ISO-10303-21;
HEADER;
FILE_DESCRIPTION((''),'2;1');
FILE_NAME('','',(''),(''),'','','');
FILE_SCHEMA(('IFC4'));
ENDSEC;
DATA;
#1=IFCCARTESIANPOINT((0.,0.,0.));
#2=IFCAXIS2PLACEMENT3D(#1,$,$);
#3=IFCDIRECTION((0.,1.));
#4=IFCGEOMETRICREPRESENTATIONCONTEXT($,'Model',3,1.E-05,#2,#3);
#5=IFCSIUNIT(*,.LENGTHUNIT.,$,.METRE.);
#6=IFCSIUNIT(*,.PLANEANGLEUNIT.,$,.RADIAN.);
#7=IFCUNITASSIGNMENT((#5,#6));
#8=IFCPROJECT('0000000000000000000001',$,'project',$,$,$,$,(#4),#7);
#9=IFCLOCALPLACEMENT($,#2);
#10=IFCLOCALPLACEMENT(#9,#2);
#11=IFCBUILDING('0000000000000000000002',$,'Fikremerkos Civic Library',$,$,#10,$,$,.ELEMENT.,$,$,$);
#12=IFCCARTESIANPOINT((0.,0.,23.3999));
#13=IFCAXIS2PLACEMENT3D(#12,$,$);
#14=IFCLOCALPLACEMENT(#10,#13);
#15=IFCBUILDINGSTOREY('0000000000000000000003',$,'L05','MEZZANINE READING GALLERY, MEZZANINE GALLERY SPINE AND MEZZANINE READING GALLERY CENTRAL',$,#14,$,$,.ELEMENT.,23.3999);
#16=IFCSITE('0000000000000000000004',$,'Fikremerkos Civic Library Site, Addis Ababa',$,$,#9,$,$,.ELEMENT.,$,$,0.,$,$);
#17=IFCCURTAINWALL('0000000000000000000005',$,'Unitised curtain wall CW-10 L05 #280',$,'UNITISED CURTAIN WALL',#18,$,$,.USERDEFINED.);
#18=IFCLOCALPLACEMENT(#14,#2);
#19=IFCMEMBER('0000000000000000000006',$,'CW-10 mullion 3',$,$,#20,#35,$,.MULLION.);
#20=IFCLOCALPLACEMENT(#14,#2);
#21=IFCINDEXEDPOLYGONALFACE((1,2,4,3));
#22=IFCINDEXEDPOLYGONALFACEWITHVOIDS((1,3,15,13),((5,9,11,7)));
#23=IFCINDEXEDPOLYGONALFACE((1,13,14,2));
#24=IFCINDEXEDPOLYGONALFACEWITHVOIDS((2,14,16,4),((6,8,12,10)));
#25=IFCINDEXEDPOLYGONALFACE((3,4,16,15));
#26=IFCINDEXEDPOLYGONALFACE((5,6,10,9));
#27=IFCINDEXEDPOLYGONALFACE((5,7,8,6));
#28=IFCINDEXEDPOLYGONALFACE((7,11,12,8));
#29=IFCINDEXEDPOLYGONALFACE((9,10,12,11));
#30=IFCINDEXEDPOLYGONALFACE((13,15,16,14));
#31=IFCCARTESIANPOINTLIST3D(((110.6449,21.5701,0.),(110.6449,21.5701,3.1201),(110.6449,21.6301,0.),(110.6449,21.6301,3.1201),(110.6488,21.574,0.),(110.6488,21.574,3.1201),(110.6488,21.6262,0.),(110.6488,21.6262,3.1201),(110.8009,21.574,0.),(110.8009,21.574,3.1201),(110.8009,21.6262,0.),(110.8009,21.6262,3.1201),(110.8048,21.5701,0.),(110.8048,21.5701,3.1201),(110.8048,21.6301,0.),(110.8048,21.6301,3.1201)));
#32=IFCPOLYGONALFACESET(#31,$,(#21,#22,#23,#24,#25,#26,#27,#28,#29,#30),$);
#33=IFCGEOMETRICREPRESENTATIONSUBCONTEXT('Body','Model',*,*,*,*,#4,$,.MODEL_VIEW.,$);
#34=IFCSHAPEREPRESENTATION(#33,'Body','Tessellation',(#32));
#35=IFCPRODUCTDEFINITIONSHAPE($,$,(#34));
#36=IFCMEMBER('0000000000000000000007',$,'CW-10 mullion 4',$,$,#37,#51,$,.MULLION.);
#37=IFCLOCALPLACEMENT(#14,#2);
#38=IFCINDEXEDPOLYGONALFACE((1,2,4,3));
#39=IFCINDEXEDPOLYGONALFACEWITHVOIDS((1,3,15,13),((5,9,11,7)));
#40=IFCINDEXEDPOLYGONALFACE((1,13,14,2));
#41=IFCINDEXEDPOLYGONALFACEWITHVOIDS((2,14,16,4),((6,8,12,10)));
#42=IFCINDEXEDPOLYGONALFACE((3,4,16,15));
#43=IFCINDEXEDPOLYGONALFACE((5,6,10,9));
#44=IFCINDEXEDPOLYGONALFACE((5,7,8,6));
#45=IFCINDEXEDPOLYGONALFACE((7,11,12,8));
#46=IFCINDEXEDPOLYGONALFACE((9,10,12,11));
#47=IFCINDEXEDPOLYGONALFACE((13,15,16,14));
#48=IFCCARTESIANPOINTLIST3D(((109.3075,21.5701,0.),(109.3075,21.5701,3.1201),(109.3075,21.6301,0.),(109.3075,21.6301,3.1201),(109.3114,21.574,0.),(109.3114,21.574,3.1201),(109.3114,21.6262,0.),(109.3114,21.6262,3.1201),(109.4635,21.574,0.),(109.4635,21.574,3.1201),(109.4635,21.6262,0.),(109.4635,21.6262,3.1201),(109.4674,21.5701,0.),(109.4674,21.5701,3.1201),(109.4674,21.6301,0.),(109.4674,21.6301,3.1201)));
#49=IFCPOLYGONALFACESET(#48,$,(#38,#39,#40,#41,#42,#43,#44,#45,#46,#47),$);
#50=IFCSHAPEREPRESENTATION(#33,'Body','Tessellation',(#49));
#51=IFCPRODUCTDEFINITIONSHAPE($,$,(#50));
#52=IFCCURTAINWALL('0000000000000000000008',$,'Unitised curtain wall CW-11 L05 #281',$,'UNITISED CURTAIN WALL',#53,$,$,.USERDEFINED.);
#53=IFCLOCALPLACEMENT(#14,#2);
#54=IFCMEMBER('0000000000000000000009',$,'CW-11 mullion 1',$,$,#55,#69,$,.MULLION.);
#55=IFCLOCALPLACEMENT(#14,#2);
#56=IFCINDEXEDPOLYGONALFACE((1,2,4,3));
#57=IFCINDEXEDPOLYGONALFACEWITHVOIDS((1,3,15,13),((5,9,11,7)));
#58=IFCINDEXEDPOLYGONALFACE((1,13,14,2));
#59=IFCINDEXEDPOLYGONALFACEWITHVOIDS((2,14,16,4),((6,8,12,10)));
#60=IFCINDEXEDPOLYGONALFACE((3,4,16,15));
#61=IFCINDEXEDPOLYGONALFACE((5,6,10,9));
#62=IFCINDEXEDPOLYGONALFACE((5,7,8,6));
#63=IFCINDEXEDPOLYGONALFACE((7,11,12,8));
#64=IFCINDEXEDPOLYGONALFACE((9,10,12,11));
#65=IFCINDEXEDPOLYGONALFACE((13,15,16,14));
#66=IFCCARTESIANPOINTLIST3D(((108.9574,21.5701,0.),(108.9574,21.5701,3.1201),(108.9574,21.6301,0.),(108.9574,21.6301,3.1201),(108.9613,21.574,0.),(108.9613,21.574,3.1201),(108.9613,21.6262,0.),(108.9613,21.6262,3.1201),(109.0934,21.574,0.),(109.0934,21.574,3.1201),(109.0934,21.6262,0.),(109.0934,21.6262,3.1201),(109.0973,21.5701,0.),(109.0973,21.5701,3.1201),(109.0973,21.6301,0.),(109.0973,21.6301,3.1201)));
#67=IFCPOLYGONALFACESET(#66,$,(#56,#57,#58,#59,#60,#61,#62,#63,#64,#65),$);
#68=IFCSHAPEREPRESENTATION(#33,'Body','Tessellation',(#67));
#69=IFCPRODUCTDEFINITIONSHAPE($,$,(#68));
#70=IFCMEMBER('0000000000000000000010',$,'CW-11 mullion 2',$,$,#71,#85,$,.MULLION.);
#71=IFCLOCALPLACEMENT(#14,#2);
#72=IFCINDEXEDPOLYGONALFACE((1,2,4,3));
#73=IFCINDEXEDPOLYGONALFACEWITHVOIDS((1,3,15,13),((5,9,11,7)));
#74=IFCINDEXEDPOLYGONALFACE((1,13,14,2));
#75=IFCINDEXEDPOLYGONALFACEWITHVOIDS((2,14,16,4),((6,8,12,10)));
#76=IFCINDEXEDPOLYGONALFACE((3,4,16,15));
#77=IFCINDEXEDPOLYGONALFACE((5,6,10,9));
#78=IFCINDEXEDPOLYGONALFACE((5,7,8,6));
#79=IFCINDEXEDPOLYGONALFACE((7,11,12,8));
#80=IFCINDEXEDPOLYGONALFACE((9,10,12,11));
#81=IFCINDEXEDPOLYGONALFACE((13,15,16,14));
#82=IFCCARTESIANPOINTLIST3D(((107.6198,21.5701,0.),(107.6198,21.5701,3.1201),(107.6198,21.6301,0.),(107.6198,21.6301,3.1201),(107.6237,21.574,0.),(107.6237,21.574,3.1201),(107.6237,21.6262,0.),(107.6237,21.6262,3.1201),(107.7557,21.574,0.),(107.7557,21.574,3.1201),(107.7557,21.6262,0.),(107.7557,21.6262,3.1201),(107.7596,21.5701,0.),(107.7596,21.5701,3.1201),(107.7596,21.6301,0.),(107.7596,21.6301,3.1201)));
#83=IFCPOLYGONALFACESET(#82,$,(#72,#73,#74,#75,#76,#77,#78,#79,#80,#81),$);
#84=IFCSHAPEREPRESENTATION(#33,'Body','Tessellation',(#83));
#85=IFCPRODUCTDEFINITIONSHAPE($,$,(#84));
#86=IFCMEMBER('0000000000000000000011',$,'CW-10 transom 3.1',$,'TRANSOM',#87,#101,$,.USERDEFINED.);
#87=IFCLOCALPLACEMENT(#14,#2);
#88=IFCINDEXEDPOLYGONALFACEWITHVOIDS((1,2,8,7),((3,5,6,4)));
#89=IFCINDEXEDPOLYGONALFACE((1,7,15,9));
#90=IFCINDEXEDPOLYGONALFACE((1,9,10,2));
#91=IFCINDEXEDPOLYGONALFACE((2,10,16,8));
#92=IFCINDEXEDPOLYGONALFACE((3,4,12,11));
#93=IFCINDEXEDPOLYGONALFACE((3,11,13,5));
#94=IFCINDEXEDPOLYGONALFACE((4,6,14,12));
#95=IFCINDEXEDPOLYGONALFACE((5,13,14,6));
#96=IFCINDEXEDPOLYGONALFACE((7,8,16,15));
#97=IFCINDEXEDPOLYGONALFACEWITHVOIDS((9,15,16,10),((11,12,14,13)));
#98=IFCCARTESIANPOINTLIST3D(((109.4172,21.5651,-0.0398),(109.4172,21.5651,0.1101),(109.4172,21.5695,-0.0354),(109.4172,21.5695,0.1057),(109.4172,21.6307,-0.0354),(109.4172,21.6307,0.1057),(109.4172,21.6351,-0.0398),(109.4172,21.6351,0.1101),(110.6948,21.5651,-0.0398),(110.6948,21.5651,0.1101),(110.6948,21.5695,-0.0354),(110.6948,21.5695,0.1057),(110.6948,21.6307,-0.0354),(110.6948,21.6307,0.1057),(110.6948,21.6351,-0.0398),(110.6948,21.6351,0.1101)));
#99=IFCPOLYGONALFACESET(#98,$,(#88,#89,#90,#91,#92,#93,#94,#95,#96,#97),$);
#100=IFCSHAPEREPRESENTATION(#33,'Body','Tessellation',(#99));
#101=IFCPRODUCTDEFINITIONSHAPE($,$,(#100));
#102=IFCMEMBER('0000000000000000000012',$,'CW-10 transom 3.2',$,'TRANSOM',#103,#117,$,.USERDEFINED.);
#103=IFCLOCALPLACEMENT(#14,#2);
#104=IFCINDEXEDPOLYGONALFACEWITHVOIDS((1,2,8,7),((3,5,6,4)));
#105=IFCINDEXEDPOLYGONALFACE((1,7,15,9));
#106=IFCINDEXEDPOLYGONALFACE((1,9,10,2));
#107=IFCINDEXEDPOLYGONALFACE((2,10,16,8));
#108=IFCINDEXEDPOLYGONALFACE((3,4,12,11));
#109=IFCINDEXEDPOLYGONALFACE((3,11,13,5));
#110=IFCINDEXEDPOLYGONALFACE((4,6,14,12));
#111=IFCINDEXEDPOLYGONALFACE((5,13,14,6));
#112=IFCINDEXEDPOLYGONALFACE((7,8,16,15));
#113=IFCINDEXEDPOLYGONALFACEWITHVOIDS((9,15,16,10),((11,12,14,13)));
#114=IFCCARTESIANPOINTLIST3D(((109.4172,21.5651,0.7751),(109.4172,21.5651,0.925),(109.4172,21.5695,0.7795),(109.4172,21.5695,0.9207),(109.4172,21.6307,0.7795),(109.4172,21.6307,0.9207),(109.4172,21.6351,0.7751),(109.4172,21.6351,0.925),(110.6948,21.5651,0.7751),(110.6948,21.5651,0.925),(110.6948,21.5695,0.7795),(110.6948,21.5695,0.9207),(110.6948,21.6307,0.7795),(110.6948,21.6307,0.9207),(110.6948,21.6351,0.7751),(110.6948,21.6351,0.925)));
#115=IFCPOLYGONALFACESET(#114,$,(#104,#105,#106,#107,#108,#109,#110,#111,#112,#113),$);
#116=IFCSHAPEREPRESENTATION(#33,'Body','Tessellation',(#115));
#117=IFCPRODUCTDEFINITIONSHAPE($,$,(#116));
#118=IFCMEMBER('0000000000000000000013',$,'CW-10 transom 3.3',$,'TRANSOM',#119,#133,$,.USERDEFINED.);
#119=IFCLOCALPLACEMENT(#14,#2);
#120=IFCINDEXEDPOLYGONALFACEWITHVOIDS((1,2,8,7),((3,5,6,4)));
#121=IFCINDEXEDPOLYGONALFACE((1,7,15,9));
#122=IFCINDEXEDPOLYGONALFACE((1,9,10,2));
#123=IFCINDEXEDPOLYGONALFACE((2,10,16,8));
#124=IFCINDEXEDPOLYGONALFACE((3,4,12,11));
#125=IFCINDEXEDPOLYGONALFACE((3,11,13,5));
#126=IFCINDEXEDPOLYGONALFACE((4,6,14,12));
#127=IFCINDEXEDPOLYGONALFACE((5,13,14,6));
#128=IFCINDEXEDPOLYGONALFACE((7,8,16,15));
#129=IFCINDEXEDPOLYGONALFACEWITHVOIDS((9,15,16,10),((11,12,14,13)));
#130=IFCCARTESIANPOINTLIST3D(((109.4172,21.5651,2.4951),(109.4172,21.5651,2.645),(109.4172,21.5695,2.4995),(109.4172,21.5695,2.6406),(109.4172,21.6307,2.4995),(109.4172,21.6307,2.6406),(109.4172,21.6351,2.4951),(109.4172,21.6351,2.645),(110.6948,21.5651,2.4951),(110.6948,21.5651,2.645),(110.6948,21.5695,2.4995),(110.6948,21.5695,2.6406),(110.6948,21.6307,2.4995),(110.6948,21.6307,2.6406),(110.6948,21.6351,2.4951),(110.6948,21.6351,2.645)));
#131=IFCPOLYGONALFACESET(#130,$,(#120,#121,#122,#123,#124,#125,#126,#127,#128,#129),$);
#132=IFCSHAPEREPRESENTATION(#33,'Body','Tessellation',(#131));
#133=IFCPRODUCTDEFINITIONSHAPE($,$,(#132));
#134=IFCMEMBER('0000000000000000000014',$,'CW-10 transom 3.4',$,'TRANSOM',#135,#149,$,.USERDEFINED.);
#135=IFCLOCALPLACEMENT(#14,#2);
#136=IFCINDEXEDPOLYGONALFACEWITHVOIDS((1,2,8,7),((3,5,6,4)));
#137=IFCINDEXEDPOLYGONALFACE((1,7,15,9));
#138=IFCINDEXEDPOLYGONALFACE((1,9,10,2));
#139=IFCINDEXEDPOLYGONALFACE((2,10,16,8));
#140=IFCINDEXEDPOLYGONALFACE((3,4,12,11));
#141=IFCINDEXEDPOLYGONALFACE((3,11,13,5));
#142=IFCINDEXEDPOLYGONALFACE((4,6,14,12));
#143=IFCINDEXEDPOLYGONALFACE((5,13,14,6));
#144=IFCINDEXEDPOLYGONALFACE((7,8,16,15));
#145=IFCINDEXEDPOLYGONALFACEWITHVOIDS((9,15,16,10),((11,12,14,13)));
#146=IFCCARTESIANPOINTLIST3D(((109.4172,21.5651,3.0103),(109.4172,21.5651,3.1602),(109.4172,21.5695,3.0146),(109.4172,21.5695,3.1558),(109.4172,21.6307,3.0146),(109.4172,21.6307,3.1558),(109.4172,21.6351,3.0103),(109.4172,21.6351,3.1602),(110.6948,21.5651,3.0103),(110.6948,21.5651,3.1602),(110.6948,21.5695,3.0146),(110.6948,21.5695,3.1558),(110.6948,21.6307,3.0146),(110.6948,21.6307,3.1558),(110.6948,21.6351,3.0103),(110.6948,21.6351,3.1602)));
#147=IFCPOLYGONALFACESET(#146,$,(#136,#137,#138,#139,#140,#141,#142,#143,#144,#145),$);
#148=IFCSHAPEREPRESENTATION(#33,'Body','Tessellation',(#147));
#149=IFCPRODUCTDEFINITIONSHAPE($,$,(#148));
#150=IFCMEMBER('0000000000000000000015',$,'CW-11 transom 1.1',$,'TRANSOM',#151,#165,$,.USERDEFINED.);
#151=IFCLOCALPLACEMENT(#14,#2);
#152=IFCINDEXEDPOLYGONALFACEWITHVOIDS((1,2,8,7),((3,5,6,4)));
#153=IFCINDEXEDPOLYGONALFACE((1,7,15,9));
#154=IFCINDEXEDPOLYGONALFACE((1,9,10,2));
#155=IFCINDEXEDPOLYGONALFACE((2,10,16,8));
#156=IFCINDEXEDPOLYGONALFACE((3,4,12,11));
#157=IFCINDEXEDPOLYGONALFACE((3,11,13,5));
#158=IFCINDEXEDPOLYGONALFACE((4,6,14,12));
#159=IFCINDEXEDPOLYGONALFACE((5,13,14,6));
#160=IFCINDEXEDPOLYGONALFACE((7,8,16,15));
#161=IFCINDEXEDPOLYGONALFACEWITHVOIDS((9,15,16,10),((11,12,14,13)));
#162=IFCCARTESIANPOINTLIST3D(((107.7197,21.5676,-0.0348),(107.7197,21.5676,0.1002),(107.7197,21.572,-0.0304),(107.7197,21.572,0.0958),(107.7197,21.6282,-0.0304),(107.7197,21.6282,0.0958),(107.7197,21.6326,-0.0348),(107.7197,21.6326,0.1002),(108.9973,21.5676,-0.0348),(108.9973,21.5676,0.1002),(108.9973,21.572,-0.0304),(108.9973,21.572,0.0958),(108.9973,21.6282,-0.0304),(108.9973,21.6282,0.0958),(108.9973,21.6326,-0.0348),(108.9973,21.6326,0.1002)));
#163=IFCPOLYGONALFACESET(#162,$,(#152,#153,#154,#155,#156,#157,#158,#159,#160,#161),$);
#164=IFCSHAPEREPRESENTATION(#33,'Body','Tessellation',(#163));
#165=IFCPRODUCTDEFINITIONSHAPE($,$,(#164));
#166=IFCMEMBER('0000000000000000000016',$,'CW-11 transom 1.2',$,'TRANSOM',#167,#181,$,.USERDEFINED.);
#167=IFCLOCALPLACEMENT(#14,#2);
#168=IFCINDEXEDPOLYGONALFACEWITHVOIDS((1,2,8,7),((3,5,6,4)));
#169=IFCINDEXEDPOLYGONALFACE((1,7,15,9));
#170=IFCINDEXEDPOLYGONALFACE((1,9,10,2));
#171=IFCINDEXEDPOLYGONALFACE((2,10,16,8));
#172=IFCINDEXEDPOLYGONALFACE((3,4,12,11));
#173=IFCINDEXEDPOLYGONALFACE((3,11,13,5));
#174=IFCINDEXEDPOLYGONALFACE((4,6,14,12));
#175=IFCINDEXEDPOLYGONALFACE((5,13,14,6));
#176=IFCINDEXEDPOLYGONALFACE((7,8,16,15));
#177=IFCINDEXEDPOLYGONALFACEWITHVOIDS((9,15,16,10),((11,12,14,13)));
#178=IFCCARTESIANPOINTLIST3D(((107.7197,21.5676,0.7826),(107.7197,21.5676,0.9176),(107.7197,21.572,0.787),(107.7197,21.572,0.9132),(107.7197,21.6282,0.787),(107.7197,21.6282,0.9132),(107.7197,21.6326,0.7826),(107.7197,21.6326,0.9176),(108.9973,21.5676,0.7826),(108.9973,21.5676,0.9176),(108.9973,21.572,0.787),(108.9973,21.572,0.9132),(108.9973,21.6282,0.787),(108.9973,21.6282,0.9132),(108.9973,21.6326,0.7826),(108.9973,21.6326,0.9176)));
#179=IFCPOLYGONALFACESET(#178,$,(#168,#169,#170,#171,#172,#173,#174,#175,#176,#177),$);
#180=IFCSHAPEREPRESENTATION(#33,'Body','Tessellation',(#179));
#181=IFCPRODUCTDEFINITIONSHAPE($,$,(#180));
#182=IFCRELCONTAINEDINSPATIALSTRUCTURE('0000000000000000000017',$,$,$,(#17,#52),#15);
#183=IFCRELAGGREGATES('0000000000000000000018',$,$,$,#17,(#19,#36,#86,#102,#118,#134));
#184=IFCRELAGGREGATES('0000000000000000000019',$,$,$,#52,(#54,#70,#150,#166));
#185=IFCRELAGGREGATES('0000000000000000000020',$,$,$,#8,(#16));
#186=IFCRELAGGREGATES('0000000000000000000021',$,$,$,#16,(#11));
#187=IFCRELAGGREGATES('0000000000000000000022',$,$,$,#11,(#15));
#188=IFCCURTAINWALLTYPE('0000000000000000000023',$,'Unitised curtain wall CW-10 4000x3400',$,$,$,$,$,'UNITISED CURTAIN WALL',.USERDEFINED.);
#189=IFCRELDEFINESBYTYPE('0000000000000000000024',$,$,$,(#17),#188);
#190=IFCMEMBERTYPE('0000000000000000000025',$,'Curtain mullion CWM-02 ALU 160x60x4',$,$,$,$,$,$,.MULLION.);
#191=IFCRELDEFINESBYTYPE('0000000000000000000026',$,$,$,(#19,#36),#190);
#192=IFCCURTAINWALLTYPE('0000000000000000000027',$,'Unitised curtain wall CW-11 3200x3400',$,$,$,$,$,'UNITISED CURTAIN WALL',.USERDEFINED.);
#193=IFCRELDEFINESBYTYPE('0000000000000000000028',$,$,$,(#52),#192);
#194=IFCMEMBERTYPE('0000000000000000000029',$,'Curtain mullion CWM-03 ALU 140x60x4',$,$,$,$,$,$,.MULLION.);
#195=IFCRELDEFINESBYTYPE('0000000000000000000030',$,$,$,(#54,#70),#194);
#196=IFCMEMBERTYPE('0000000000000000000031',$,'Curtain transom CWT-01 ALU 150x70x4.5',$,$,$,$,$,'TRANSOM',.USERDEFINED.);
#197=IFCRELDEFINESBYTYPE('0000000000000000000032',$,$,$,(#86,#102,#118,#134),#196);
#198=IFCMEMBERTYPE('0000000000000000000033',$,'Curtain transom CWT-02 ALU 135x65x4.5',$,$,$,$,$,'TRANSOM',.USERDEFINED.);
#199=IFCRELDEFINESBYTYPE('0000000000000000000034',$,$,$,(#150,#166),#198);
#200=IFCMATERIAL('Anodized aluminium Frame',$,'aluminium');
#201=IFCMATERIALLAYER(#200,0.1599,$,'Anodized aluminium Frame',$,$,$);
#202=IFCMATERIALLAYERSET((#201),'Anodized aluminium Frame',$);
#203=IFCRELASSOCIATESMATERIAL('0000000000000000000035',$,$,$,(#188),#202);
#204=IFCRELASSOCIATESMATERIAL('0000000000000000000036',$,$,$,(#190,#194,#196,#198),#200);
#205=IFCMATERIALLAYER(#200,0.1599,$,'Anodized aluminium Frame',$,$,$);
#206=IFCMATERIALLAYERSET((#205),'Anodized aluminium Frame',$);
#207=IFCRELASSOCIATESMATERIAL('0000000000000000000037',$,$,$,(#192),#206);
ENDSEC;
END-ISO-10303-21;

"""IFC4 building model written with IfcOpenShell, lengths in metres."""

from ifc_helpers import new_model, si_unit, direction, frame, origin, origin_2d, place, context, subcontext, project, spatial, hollow_rectangle, extrude, material, layer, layer_set, material_profile, profile_set, type_object, element, aggregate, save


model = new_model("IFC4")

# Units and contexts
model_context = context("Model", 3, precision=1e-05, world=origin(), true_north=direction((0.0, 1.0)))
body_context = subcontext(model_context, "Body", "Model", "MODEL_VIEW")
ifc_project = project(units=[si_unit("LENGTHUNIT", "METRE"), si_unit("PLANEANGLEUNIT", "RADIAN")], contexts=[model_context])

# Site, building, storey
site_placement = place(None, origin())
site = spatial("IfcSite", under=ifc_project, at=site_placement, Name="Fikremerkos Civic Library Site, Addis Ababa", CompositionType="ELEMENT", RefElevation=0.0)
building_placement = place(site_placement, origin())
building = spatial("IfcBuilding", under=site, at=building_placement, Name="Fikremerkos Civic Library", CompositionType="ELEMENT")
storey_placement = place(building_placement, frame((0.0, 0.0, 23.3999)))
storey = spatial("IfcBuildingStorey", under=building, at=storey_placement, Name="L05", Description="MEZZANINE READING GALLERY, MEZZANINE GALLERY SPINE AND MEZZANINE READING GALLERY CENTRAL", CompositionType="ELEMENT", Elevation=23.3999)

# Curtain walls, members
ifc_material_1 = material(Name="Anodized aluminium Frame", Category="aluminium")
ifc_layer_1 = layer(ifc_material_1, 0.1599, Name="Anodized aluminium Frame")
ifc_layer_set_1 = layer_set([ifc_layer_1], Name="Anodized aluminium Frame")
curtain_wall_type_1 = type_object("IfcCurtainWallType", Name="Unitised curtain wall CW-10 4000x3400", ElementType="UNITISED CURTAIN WALL", PredefinedType="USERDEFINED", material=ifc_layer_set_1)
curtain_wall_1_placement = place(storey_placement, origin())
curtain_wall_1 = element("IfcCurtainWall", 1, at=curtain_wall_1_placement, inside=storey, type_object=curtain_wall_type_1, Name="Unitised curtain wall CW-10 L05 #280", ObjectType="UNITISED CURTAIN WALL", PredefinedType="USERDEFINED")
ifc_material_profile_1 = material_profile(ifc_material_1, hollow_rectangle(XDim=0.0601, YDim=0.1599, WallThickness=0.0039, at=origin_2d()), Name="ALU 160x60x4")
ifc_profile_set_1 = profile_set([ifc_material_profile_1], Name="Anodized aluminium Frame")
member_type_1 = type_object("IfcMemberType", Name="Curtain mullion CWM-02 ALU 160x60x4", PredefinedType="MULLION", material=ifc_profile_set_1)
member_1_placement = place(storey_placement, frame((110.7249, 21.6001, 0.0), z_axis=(0.0, 0.0, 1.0), x_axis=(0.0, -1.0, 0.0)))
member_1 = element("IfcMember", 2, at=member_1_placement, type_object=member_type_1, Name="CW-10 mullion 3", PredefinedType="MULLION", context=body_context, shape_type="SweptSolid", body=[
    extrude(hollow_rectangle(XDim=0.0601, YDim=0.1599, WallThickness=0.0039, at=origin_2d()), origin(), (0.0, 0.0, 1.0), 3.1201),
])
member_2_placement = place(storey_placement, frame((109.3875, 21.6001, 0.0), z_axis=(0.0, 0.0, 1.0), x_axis=(0.0, -1.0, 0.0)))
member_2 = element("IfcMember", 3, at=member_2_placement, type_object=member_type_1, Name="CW-10 mullion 4", PredefinedType="MULLION", context=body_context, shape_type="SweptSolid", body=[
    extrude(hollow_rectangle(XDim=0.0601, YDim=0.1599, WallThickness=0.0039, at=origin_2d()), origin(), (0.0, 0.0, 1.0), 3.1201),
])
ifc_layer_2 = layer(ifc_material_1, 0.1599, Name="Anodized aluminium Frame")
ifc_layer_set_2 = layer_set([ifc_layer_2], Name="Anodized aluminium Frame")
curtain_wall_type_2 = type_object("IfcCurtainWallType", Name="Unitised curtain wall CW-11 3200x3400", ElementType="UNITISED CURTAIN WALL", PredefinedType="USERDEFINED", material=ifc_layer_set_2)
curtain_wall_2_placement = place(storey_placement, origin())
curtain_wall_2 = element("IfcCurtainWall", 4, at=curtain_wall_2_placement, inside=storey, type_object=curtain_wall_type_2, Name="Unitised curtain wall CW-11 L05 #281", ObjectType="UNITISED CURTAIN WALL", PredefinedType="USERDEFINED")
ifc_material_profile_2 = material_profile(ifc_material_1, hollow_rectangle(XDim=0.0601, YDim=0.1399, WallThickness=0.0039, at=origin_2d()), Name="ALU 140x60x4")
ifc_profile_set_2 = profile_set([ifc_material_profile_2], Name="Anodized aluminium Frame")
member_type_2 = type_object("IfcMemberType", Name="Curtain mullion CWM-03 ALU 140x60x4", PredefinedType="MULLION", material=ifc_profile_set_2)
member_3_placement = place(storey_placement, frame((109.0273, 21.6001, 0.0), z_axis=(0.0, 0.0, 1.0), x_axis=(0.0, -1.0, 0.0)))
member_3 = element("IfcMember", 5, at=member_3_placement, type_object=member_type_2, Name="CW-11 mullion 1", PredefinedType="MULLION", context=body_context, shape_type="SweptSolid", body=[
    extrude(hollow_rectangle(XDim=0.0601, YDim=0.1399, WallThickness=0.0039, at=origin_2d()), origin(), (0.0, 0.0, 1.0), 3.1201),
])
member_4_placement = place(storey_placement, frame((107.6897, 21.6001, 0.0), z_axis=(0.0, 0.0, 1.0), x_axis=(0.0, -1.0, 0.0)))
member_4 = element("IfcMember", 6, at=member_4_placement, type_object=member_type_2, Name="CW-11 mullion 2", PredefinedType="MULLION", context=body_context, shape_type="SweptSolid", body=[
    extrude(hollow_rectangle(XDim=0.0601, YDim=0.1399, WallThickness=0.0039, at=origin_2d()), origin(), (0.0, 0.0, 1.0), 3.1201),
])

# Members
ifc_material_profile_3 = material_profile(ifc_material_1, hollow_rectangle(XDim=0.0701, YDim=0.1499, WallThickness=0.0044, at=origin_2d()), Name="ALU 150x70x4.5")
ifc_profile_set_3 = profile_set([ifc_material_profile_3], Name="Anodized aluminium Frame")
member_type_3 = type_object("IfcMemberType", Name="Curtain transom CWT-01 ALU 150x70x4.5", ElementType="TRANSOM", PredefinedType="USERDEFINED", material=ifc_profile_set_3)
member_5_placement = place(storey_placement, frame((110.6948, 21.6001, 0.0352), z_axis=(-1.0, 0.0, 0.0), x_axis=(0.0, -1.0, 0.0)))
member_5 = element("IfcMember", 7, at=member_5_placement, type_object=member_type_3, Name="CW-10 transom 3.1", ObjectType="TRANSOM", PredefinedType="USERDEFINED", context=body_context, shape_type="SweptSolid", body=[
    extrude(hollow_rectangle(XDim=0.0701, YDim=0.1499, WallThickness=0.0044, at=origin_2d()), origin(), (0.0, 0.0, 1.0), 1.2776),
])
member_6_placement = place(storey_placement, frame((110.6948, 21.6001, 0.8501), z_axis=(-1.0, 0.0, 0.0), x_axis=(0.0, -1.0, 0.0)))
member_6 = element("IfcMember", 8, at=member_6_placement, type_object=member_type_3, Name="CW-10 transom 3.2", ObjectType="TRANSOM", PredefinedType="USERDEFINED", context=body_context, shape_type="SweptSolid", body=[
    extrude(hollow_rectangle(XDim=0.0701, YDim=0.1499, WallThickness=0.0044, at=origin_2d()), origin(), (0.0, 0.0, 1.0), 1.2776),
])
member_7_placement = place(storey_placement, frame((110.6948, 21.6001, 2.5701), z_axis=(-1.0, 0.0, 0.0), x_axis=(0.0, -1.0, 0.0)))
member_7 = element("IfcMember", 9, at=member_7_placement, type_object=member_type_3, Name="CW-10 transom 3.3", ObjectType="TRANSOM", PredefinedType="USERDEFINED", context=body_context, shape_type="SweptSolid", body=[
    extrude(hollow_rectangle(XDim=0.0701, YDim=0.1499, WallThickness=0.0044, at=origin_2d()), origin(), (0.0, 0.0, 1.0), 1.2776),
])
member_8_placement = place(storey_placement, frame((110.6948, 21.6001, 3.0852), z_axis=(-1.0, 0.0, 0.0), x_axis=(0.0, -1.0, 0.0)))
member_8 = element("IfcMember", 10, at=member_8_placement, type_object=member_type_3, Name="CW-10 transom 3.4", ObjectType="TRANSOM", PredefinedType="USERDEFINED", context=body_context, shape_type="SweptSolid", body=[
    extrude(hollow_rectangle(XDim=0.0701, YDim=0.1499, WallThickness=0.0044, at=origin_2d()), origin(), (0.0, 0.0, 1.0), 1.2776),
])
ifc_material_profile_4 = material_profile(ifc_material_1, hollow_rectangle(XDim=0.0649, YDim=0.135, WallThickness=0.0044, at=origin_2d()), Name="ALU 135x65x4.5")
ifc_profile_set_4 = profile_set([ifc_material_profile_4], Name="Anodized aluminium Frame")
member_type_4 = type_object("IfcMemberType", Name="Curtain transom CWT-02 ALU 135x65x4.5", ElementType="TRANSOM", PredefinedType="USERDEFINED", material=ifc_profile_set_4)
member_9_placement = place(storey_placement, frame((108.9973, 21.6001, 0.0327), z_axis=(-1.0, 0.0, 0.0), x_axis=(0.0, -1.0, 0.0)))
member_9 = element("IfcMember", 11, at=member_9_placement, type_object=member_type_4, Name="CW-11 transom 1.1", ObjectType="TRANSOM", PredefinedType="USERDEFINED", context=body_context, shape_type="SweptSolid", body=[
    extrude(hollow_rectangle(XDim=0.0649, YDim=0.135, WallThickness=0.0044, at=origin_2d()), origin(), (0.0, 0.0, 1.0), 1.2776),
])
member_10_placement = place(storey_placement, frame((108.9973, 21.6001, 0.8501), z_axis=(-1.0, 0.0, 0.0), x_axis=(0.0, -1.0, 0.0)))
member_10 = element("IfcMember", 12, at=member_10_placement, type_object=member_type_4, Name="CW-11 transom 1.2", ObjectType="TRANSOM", PredefinedType="USERDEFINED", context=body_context, shape_type="SweptSolid", body=[
    extrude(hollow_rectangle(XDim=0.0649, YDim=0.135, WallThickness=0.0044, at=origin_2d()), origin(), (0.0, 0.0, 1.0), 1.2776),
])

aggregate(curtain_wall_1, [member_1, member_2, member_5, member_6, member_7, member_8])
aggregate(curtain_wall_2, [member_3, member_4, member_9, member_10])

save(model, "model.ifc")
